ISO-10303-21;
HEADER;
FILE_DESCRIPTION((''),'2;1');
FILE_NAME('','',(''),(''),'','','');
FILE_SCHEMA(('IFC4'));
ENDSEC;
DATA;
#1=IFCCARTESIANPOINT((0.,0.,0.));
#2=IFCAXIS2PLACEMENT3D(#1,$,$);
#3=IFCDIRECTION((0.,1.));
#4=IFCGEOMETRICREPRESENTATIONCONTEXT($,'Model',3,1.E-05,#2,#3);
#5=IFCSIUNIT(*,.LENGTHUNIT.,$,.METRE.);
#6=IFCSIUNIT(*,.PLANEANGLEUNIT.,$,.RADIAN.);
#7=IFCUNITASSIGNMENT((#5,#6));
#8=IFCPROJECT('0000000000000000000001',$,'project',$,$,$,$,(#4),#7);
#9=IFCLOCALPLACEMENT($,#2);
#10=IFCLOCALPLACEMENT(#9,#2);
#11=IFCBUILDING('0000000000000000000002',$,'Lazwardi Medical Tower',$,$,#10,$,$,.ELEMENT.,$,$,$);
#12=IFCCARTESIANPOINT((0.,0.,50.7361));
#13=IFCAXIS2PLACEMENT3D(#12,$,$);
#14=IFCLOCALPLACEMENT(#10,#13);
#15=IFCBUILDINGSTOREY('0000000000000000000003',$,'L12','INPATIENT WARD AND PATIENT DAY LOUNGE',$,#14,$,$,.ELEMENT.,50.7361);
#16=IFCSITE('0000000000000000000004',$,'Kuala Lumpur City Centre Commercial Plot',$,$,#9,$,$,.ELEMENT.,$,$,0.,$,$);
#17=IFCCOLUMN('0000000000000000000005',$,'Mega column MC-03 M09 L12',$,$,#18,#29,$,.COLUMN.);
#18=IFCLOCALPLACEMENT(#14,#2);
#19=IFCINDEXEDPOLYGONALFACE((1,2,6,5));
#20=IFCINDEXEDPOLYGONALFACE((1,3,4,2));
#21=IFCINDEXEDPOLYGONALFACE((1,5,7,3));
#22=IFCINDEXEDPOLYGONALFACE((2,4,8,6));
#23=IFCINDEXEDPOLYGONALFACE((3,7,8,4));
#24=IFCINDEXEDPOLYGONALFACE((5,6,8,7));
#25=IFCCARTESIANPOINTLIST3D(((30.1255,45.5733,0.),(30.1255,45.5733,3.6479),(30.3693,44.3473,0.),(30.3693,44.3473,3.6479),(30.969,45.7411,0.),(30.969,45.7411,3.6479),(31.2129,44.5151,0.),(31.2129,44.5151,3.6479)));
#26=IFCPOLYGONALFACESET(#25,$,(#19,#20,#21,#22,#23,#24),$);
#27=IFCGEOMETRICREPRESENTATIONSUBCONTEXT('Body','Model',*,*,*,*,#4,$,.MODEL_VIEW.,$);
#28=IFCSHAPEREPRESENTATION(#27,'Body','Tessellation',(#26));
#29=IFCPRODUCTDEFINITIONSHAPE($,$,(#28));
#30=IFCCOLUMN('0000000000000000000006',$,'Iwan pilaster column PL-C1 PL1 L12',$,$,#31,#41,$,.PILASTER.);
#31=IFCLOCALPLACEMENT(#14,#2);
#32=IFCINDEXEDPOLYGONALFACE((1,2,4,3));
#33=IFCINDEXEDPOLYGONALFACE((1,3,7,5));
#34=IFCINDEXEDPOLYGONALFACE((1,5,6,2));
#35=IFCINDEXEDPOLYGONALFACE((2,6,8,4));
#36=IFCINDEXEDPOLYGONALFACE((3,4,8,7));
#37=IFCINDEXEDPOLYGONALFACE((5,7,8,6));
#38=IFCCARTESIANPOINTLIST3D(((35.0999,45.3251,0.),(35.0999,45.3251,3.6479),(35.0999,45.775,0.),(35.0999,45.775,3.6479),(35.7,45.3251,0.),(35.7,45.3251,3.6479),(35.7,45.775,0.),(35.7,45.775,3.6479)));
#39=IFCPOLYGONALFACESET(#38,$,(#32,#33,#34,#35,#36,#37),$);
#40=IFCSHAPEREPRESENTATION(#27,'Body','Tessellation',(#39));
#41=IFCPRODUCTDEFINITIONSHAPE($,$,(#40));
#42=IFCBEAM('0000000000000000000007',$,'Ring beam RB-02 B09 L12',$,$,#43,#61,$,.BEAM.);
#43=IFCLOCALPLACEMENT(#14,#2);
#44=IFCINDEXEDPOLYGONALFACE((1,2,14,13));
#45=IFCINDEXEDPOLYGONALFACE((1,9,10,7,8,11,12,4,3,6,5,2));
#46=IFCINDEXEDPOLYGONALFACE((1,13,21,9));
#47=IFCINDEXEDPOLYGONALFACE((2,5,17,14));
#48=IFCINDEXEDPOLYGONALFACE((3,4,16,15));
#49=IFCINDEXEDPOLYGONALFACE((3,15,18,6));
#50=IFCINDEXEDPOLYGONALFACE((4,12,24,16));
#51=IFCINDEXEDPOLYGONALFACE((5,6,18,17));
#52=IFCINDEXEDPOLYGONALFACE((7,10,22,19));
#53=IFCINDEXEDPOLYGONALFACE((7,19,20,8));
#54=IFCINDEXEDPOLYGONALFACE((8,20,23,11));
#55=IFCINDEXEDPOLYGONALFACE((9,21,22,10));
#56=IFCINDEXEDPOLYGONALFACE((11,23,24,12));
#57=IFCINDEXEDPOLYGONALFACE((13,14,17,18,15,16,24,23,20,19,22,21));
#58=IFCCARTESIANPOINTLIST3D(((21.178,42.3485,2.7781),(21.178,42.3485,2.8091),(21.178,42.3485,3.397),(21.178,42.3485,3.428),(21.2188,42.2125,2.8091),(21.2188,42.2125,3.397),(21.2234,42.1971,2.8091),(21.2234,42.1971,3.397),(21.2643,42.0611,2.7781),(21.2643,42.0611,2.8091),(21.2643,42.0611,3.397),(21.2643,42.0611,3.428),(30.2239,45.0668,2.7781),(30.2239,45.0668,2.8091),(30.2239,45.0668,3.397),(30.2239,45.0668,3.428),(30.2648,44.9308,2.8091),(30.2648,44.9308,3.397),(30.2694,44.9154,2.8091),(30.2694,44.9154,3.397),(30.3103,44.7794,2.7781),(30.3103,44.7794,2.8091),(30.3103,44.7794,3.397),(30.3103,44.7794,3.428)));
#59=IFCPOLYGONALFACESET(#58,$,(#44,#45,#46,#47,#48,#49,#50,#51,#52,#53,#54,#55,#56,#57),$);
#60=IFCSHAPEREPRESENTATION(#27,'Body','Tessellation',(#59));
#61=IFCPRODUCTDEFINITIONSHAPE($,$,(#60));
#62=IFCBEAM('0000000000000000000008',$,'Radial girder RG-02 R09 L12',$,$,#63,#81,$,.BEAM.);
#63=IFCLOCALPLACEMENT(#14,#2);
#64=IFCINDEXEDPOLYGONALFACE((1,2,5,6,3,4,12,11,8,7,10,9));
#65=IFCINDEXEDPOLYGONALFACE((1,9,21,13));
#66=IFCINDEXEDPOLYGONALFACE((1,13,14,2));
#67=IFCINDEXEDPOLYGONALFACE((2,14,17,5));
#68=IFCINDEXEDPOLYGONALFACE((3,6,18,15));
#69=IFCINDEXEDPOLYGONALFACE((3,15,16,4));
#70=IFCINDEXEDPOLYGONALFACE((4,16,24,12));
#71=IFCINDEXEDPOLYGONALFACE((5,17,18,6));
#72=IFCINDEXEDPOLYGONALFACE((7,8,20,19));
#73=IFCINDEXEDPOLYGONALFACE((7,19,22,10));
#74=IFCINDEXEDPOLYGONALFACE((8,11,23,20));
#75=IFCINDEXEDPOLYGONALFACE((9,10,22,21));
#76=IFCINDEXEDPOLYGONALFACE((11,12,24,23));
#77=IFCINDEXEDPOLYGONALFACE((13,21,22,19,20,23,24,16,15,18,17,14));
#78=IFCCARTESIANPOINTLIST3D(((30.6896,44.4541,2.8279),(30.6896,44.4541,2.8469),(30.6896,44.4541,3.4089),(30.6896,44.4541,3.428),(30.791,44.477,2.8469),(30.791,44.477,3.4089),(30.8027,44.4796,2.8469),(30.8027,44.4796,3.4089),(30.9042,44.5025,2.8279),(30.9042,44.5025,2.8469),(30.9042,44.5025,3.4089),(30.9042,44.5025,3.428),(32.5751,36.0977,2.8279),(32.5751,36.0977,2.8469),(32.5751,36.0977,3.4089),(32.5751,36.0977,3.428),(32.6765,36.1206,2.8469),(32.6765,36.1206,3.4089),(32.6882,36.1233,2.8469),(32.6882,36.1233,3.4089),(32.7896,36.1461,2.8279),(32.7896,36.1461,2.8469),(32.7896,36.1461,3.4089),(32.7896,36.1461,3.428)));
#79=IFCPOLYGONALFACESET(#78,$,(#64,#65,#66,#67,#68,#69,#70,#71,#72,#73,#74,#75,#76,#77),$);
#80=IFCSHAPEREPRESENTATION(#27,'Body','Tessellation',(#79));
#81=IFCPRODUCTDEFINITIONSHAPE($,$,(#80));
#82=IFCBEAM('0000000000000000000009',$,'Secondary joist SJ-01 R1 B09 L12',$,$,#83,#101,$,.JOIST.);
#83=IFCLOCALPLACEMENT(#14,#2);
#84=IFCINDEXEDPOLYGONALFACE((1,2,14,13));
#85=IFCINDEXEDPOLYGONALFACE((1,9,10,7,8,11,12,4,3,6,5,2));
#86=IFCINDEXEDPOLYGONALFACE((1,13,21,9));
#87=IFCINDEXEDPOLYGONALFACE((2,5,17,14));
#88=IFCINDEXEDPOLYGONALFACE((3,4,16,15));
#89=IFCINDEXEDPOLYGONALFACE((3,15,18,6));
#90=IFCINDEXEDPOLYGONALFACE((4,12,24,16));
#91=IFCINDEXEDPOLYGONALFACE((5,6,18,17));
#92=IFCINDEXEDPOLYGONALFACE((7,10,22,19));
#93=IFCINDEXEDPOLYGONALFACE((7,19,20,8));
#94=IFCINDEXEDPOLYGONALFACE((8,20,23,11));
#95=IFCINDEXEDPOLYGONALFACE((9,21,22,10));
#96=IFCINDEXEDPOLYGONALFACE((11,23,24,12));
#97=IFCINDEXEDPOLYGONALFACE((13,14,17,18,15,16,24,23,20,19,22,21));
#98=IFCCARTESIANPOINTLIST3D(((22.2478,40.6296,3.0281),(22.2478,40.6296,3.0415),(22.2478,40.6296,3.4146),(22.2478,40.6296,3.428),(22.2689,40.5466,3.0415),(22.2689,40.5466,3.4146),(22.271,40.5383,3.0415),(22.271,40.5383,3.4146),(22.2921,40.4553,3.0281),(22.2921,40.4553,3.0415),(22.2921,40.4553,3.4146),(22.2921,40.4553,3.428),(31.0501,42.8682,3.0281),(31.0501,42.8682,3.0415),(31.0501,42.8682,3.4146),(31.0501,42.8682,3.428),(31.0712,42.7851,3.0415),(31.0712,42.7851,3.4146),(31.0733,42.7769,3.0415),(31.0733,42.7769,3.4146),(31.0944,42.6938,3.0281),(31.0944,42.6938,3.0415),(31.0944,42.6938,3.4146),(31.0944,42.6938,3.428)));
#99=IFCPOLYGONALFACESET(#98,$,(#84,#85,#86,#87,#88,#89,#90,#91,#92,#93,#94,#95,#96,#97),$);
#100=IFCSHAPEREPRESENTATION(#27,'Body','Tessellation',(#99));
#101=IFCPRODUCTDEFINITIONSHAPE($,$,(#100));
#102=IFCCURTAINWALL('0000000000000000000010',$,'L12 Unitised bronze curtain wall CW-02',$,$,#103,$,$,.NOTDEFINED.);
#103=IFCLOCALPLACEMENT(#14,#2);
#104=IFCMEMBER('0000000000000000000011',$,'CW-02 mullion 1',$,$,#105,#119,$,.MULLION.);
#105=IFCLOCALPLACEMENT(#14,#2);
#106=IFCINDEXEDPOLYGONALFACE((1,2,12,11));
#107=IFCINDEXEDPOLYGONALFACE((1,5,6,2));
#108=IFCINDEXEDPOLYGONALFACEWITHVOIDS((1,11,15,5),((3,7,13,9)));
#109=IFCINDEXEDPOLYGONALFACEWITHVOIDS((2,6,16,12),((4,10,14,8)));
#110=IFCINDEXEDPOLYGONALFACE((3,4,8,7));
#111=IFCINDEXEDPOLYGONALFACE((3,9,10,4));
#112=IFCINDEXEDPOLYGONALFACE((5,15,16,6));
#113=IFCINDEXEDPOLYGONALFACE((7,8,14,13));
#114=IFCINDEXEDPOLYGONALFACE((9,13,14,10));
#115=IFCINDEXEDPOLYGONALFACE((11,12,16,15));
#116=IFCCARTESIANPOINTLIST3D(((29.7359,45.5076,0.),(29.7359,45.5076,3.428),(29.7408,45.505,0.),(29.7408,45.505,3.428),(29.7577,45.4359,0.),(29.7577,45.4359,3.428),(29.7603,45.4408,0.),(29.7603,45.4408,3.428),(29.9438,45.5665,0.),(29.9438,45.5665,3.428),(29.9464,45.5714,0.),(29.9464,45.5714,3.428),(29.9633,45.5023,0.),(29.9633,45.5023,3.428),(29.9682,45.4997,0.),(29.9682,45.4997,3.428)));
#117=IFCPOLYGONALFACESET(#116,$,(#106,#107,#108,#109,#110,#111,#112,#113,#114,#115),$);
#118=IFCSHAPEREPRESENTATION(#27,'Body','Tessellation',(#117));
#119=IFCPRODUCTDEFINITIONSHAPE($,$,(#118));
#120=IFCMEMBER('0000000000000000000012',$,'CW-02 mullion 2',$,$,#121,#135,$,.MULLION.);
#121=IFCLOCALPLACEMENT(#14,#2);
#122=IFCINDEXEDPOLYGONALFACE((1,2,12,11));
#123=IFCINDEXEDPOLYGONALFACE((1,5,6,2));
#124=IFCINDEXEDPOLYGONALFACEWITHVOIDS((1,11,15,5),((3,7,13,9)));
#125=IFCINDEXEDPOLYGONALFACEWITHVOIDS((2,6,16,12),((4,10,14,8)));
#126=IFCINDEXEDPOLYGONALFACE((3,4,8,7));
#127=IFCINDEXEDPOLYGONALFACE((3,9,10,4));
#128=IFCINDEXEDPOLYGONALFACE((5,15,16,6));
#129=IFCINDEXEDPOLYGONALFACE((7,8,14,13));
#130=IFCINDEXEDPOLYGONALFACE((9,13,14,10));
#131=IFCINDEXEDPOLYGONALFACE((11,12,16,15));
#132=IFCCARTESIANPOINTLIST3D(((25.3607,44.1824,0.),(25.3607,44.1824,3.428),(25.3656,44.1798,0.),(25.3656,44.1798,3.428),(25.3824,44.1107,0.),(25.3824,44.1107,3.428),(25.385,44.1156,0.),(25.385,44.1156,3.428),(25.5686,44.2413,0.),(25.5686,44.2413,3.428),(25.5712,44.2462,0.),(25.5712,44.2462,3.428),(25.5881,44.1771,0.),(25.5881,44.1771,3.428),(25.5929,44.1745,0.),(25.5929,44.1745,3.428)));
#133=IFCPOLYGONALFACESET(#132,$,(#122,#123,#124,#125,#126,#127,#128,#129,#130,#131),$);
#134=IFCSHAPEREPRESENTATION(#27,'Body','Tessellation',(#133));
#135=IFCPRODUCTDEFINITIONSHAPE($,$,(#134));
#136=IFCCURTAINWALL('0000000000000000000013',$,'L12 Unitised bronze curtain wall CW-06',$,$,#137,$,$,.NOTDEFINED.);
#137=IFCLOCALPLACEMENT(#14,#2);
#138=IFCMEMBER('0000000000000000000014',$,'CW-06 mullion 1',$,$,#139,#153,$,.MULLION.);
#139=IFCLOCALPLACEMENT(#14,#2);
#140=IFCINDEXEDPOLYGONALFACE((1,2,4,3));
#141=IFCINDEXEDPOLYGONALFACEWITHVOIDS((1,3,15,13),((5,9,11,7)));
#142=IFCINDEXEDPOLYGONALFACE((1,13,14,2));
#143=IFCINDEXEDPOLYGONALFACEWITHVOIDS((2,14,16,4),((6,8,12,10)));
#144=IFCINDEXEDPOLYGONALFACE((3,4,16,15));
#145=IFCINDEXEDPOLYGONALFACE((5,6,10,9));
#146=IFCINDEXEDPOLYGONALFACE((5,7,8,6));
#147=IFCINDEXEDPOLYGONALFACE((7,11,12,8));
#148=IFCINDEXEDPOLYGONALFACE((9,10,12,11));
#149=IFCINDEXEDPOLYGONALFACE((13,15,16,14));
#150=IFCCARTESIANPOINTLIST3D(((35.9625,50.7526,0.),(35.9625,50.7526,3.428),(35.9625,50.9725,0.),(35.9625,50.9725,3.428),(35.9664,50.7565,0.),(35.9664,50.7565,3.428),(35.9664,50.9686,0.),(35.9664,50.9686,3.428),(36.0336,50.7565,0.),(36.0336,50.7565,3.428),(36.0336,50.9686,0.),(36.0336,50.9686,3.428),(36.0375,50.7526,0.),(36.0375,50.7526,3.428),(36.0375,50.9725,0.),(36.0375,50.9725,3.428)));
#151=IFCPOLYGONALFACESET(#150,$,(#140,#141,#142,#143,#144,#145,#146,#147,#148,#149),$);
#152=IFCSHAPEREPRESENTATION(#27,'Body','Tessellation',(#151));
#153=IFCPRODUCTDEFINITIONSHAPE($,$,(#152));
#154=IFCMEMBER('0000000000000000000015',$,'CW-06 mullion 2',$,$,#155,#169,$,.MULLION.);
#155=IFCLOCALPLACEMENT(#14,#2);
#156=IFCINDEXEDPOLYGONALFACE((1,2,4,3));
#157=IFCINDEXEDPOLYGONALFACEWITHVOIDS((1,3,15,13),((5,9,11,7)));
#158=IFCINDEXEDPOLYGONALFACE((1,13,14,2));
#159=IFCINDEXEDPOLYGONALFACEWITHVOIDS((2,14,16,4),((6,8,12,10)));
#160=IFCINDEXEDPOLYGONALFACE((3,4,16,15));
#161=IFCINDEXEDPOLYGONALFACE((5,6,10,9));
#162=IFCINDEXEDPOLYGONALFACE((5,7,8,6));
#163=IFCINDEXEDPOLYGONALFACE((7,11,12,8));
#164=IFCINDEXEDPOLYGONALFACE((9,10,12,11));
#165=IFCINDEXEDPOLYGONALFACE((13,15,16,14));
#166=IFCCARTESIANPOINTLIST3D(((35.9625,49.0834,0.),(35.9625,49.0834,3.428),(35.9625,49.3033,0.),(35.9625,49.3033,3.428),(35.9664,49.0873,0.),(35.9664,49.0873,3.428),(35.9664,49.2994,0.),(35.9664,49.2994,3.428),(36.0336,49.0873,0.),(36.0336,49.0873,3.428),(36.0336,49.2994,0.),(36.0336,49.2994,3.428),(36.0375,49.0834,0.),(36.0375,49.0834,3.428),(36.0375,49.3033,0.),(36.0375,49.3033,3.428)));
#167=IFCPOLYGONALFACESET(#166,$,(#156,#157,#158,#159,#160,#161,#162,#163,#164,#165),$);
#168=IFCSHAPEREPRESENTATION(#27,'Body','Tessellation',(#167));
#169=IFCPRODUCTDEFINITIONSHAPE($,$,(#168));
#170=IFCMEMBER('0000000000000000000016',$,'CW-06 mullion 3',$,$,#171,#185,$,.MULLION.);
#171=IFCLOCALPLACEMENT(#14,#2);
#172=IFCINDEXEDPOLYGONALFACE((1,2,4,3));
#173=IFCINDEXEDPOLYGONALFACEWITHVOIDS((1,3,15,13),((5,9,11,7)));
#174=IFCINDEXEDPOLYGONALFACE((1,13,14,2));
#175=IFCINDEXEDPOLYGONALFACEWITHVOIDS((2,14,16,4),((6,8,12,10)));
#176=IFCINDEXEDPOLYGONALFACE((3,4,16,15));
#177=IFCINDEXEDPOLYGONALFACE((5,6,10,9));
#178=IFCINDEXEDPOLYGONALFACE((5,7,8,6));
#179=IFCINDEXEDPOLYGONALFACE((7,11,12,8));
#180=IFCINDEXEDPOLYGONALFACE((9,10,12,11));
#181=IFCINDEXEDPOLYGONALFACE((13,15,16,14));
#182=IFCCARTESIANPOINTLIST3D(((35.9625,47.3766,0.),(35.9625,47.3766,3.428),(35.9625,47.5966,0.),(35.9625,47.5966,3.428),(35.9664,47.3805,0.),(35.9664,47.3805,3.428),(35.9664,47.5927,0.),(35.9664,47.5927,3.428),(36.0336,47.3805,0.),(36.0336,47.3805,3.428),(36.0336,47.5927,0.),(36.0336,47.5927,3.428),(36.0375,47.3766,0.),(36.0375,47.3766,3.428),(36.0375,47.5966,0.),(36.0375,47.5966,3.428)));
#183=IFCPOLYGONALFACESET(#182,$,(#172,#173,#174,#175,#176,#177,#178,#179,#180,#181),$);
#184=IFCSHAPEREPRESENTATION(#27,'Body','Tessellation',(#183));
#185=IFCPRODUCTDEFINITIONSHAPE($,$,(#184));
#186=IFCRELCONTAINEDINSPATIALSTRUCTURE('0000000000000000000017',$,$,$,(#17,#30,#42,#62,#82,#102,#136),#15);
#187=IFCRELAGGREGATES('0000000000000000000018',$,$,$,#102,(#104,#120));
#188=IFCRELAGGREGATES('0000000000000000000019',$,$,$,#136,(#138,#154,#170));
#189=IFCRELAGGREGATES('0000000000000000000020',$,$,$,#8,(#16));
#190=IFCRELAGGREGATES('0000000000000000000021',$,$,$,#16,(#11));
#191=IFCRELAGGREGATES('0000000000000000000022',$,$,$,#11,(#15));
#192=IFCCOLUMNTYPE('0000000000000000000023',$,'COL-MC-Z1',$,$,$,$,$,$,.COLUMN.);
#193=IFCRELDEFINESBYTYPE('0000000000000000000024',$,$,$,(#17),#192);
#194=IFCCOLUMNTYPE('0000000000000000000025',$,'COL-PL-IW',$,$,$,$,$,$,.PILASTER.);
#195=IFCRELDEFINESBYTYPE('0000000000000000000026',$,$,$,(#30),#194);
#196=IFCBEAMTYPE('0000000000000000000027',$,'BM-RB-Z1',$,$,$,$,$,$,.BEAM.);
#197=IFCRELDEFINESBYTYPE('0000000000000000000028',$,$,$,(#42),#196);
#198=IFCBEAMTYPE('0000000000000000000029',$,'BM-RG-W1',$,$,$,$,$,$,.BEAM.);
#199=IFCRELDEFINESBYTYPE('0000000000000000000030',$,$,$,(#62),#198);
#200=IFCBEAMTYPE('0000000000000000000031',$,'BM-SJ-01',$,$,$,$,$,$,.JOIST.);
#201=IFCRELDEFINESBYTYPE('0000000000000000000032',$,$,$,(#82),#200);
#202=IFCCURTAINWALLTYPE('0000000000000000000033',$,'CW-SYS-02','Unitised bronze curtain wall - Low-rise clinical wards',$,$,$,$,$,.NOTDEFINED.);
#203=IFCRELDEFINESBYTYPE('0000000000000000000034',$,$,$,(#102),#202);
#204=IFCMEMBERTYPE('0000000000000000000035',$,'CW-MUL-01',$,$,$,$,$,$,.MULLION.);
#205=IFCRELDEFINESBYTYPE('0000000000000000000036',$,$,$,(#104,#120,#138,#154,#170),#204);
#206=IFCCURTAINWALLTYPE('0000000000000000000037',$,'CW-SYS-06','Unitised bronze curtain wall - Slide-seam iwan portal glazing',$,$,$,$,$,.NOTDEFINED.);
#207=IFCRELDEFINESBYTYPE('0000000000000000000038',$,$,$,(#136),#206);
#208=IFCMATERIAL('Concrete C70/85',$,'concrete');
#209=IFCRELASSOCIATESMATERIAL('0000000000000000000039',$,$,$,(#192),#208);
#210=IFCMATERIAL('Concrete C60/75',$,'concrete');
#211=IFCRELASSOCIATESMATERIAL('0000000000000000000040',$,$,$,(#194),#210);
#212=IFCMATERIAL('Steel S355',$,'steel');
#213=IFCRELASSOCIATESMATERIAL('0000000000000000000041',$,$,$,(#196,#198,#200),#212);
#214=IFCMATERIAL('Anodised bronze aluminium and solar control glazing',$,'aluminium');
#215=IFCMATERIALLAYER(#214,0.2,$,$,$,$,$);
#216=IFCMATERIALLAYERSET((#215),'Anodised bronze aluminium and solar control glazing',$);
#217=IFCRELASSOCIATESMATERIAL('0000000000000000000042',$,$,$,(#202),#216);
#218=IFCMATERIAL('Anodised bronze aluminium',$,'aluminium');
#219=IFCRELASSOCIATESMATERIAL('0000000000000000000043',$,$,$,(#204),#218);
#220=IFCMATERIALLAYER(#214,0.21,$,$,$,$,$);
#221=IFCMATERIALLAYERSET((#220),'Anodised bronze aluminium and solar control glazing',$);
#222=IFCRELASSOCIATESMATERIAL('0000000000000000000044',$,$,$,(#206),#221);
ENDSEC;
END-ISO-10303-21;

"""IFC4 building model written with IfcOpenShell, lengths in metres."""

from ifc_helpers import new_model, si_unit, direction, frame, origin, origin_2d, place, context, subcontext, project, spatial, rectangle, hollow_rectangle, i_section, extrude, material, layer, layer_set, material_profile, profile_set, type_object, element, aggregate, save


model = new_model("IFC4")

# Units and contexts
model_context = context("Model", 3, precision=1e-05, world=origin(), true_north=direction((0.0, 1.0)))
body_context = subcontext(model_context, "Body", "Model", "MODEL_VIEW")
ifc_project = project(units=[si_unit("LENGTHUNIT", "METRE"), si_unit("PLANEANGLEUNIT", "RADIAN")], contexts=[model_context])

# Site, building, storey
site_placement = place(None, origin())
site = spatial("IfcSite", under=ifc_project, at=site_placement, Name="Kuala Lumpur City Centre Commercial Plot", CompositionType="ELEMENT", RefElevation=0.0)
building_placement = place(site_placement, origin())
building = spatial("IfcBuilding", under=site, at=building_placement, Name="Lazwardi Medical Tower", CompositionType="ELEMENT")
storey_placement = place(building_placement, frame((0.0, 0.0, 50.7361)))
storey = spatial("IfcBuildingStorey", under=building, at=storey_placement, Name="L12", Description="INPATIENT WARD AND PATIENT DAY LOUNGE", CompositionType="ELEMENT", Elevation=50.7361)

# Columns
ifc_material_1 = material(Name="Concrete C70/85", Category="concrete")
ifc_material_profile_1 = material_profile(ifc_material_1, rectangle(XDim=1.25, YDim=0.8601, at=origin_2d()), Name="CFT-RECT 1250x860")
ifc_profile_set_1 = profile_set([ifc_material_profile_1], Name="Concrete C70/85")
column_type_1 = type_object("IfcColumnType", Name="COL-MC-Z1", PredefinedType="COLUMN", material=ifc_profile_set_1)
column_1_placement = place(storey_placement, frame((30.6692, 45.0442, 0.0), z_axis=(0.0, 0.0, 1.0), x_axis=(-0.19509, 0.980785, 0.0)))
element("IfcColumn", 1, at=column_1_placement, inside=storey, type_object=column_type_1, Name="Mega column MC-03 M09 L12", PredefinedType="COLUMN", context=body_context, shape_type="SweptSolid", body=[
    extrude(rectangle(XDim=1.25, YDim=0.8601, at=origin_2d()), origin(), (0.0, 0.0, 1.0), 3.6479),
])
ifc_material_2 = material(Name="Concrete C60/75", Category="concrete")
ifc_material_profile_2 = material_profile(ifc_material_2, rectangle(XDim=0.6001, YDim=0.45, at=origin_2d()), Name="RC 600x450")
ifc_profile_set_2 = profile_set([ifc_material_profile_2], Name="Concrete C60/75")
column_type_2 = type_object("IfcColumnType", Name="COL-PL-IW", PredefinedType="PILASTER", material=ifc_profile_set_2)
column_2_placement = place(storey_placement, frame((35.3999, 45.55, 0.0), z_axis=(0.0, 0.0, 1.0), x_axis=(1.0, 0.0, 0.0)))
element("IfcColumn", 2, at=column_2_placement, inside=storey, type_object=column_type_2, Name="Iwan pilaster column PL-C1 PL1 L12", PredefinedType="PILASTER", context=body_context, shape_type="SweptSolid", body=[
    extrude(rectangle(XDim=0.6001, YDim=0.45, at=origin_2d()), origin(), (0.0, 0.0, 1.0), 3.6479),
])

# Beams
ifc_material_3 = material(Name="Steel S355", Category="steel")
ifc_material_profile_3 = material_profile(ifc_material_3, i_section(OverallWidth=0.3, OverallDepth=0.6499, WebThickness=0.0161, FlangeThickness=0.031, at=origin_2d()), Name="HEB 650")
ifc_profile_set_3 = profile_set([ifc_material_profile_3], Name="Steel S355")
beam_type_1 = type_object("IfcBeamType", Name="BM-RB-Z1", PredefinedType="BEAM", material=ifc_profile_set_3)
beam_1_placement = place(storey_placement, frame((30.2671, 44.9231, 3.103), z_axis=(-0.957695, -0.287784, 0.0), x_axis=(0.287784, -0.957695, 0.0)))
element("IfcBeam", 3, at=beam_1_placement, inside=storey, type_object=beam_type_1, Name="Ring beam RB-02 B09 L12", PredefinedType="BEAM", context=body_context, shape_type="SweptSolid", body=[
    extrude(i_section(OverallWidth=0.3, OverallDepth=0.6499, WebThickness=0.0161, FlangeThickness=0.031, at=origin_2d()), origin(), (0.0, 0.0, 1.0), 9.4456),
])
ifc_material_profile_4 = material_profile(ifc_material_3, i_section(OverallWidth=0.22, OverallDepth=0.6001, WebThickness=0.012, FlangeThickness=0.019, at=origin_2d()), Name="IPE 600")
ifc_profile_set_4 = profile_set([ifc_material_profile_4], Name="Steel S355")
beam_type_2 = type_object("IfcBeamType", Name="BM-RG-W1", PredefinedType="BEAM", material=ifc_profile_set_4)
beam_2_placement = place(storey_placement, frame((30.7969, 44.4783, 3.1279), z_axis=(0.220101, -0.975477, 0.0), x_axis=(0.975477, 0.220101, 0.0)))
element("IfcBeam", 4, at=beam_2_placement, inside=storey, type_object=beam_type_2, Name="Radial girder RG-02 R09 L12", PredefinedType="BEAM", context=body_context, shape_type="SweptSolid", body=[
    extrude(i_section(OverallWidth=0.22, OverallDepth=0.6001, WebThickness=0.012, FlangeThickness=0.019, at=origin_2d()), origin(), (0.0, 0.0, 1.0), 8.5664),
])
ifc_material_profile_5 = material_profile(ifc_material_3, i_section(OverallWidth=0.1799, OverallDepth=0.3999, WebThickness=0.0085, FlangeThickness=0.0134, at=origin_2d()), Name="IPE 400")
ifc_profile_set_5 = profile_set([ifc_material_profile_5], Name="Steel S355")
beam_type_3 = type_object("IfcBeamType", Name="BM-SJ-01", PredefinedType="JOIST", material=ifc_profile_set_5)
beam_3_placement = place(storey_placement, frame((31.0723, 42.781, 3.228), z_axis=(-0.969151, -0.246468, 0.0), x_axis=(0.246468, -0.969151, 0.0)))
element("IfcBeam", 5, at=beam_3_placement, inside=storey, type_object=beam_type_3, Name="Secondary joist SJ-01 R1 B09 L12", PredefinedType="JOIST", context=body_context, shape_type="SweptSolid", body=[
    extrude(i_section(OverallWidth=0.1799, OverallDepth=0.3999, WebThickness=0.0085, FlangeThickness=0.0134, at=origin_2d()), origin(), (0.0, 0.0, 1.0), 9.0825),
])

# Curtain walls, members
ifc_material_4 = material(Name="Anodised bronze aluminium and solar control glazing", Category="aluminium")
ifc_layer_1 = layer(ifc_material_4, 0.2)
ifc_layer_set_1 = layer_set([ifc_layer_1], Name="Anodised bronze aluminium and solar control glazing")
curtain_wall_type_1 = type_object("IfcCurtainWallType", Name="CW-SYS-02", Description="Unitised bronze curtain wall - Low-rise clinical wards", PredefinedType="NOTDEFINED", material=ifc_layer_set_1)
curtain_wall_1_placement = place(storey_placement, origin())
curtain_wall_1 = element("IfcCurtainWall", 6, at=curtain_wall_1_placement, inside=storey, type_object=curtain_wall_type_1, Name="L12 Unitised bronze curtain wall CW-02", PredefinedType="NOTDEFINED")
ifc_material_5 = material(Name="Anodised bronze aluminium", Category="aluminium")
ifc_material_profile_6 = material_profile(ifc_material_5, hollow_rectangle(XDim=0.075, YDim=0.22, WallThickness=0.0039, at=origin_2d()), Name="ALU-MULLION 220x75x4")
ifc_profile_set_6 = profile_set([ifc_material_profile_6], Name="Anodised bronze aluminium")
member_type_1 = type_object("IfcMemberType", Name="CW-MUL-01", PredefinedType="MULLION", material=ifc_profile_set_6)
member_1_placement = place(storey_placement, frame((29.8521, 45.5037, 0.0), z_axis=(0.0, 0.0, 1.0), x_axis=(0.289896, -0.957058, 0.0)))
member_1 = element("IfcMember", 7, at=member_1_placement, type_object=member_type_1, Name="CW-02 mullion 1", PredefinedType="MULLION", context=body_context, shape_type="SweptSolid", body=[
    extrude(hollow_rectangle(XDim=0.075, YDim=0.22, WallThickness=0.0039, at=origin_2d()), origin(), (0.0, 0.0, 1.0), 3.428),
])
member_2_placement = place(storey_placement, frame((25.4768, 44.1785, 0.0), z_axis=(0.0, 0.0, 1.0), x_axis=(0.289896, -0.957058, 0.0)))
member_2 = element("IfcMember", 8, at=member_2_placement, type_object=member_type_1, Name="CW-02 mullion 2", PredefinedType="MULLION", context=body_context, shape_type="SweptSolid", body=[
    extrude(hollow_rectangle(XDim=0.075, YDim=0.22, WallThickness=0.0039, at=origin_2d()), origin(), (0.0, 0.0, 1.0), 3.428),
])
ifc_layer_2 = layer(ifc_material_4, 0.21)
ifc_layer_set_2 = layer_set([ifc_layer_2], Name="Anodised bronze aluminium and solar control glazing")
curtain_wall_type_2 = type_object("IfcCurtainWallType", Name="CW-SYS-06", Description="Unitised bronze curtain wall - Slide-seam iwan portal glazing", PredefinedType="NOTDEFINED", material=ifc_layer_set_2)
curtain_wall_2_placement = place(storey_placement, origin())
curtain_wall_2 = element("IfcCurtainWall", 9, at=curtain_wall_2_placement, inside=storey, type_object=curtain_wall_type_2, Name="L12 Unitised bronze curtain wall CW-06", PredefinedType="NOTDEFINED")
member_3_placement = place(storey_placement, frame((36.0, 50.8625, 0.0), z_axis=(0.0, 0.0, 1.0), x_axis=(1.0, 0.0, 0.0)))
member_3 = element("IfcMember", 10, at=member_3_placement, type_object=member_type_1, Name="CW-06 mullion 1", PredefinedType="MULLION", context=body_context, shape_type="SweptSolid", body=[
    extrude(hollow_rectangle(XDim=0.075, YDim=0.22, WallThickness=0.0039, at=origin_2d()), origin(), (0.0, 0.0, 1.0), 3.428),
])
member_4_placement = place(storey_placement, frame((36.0, 49.1934, 0.0), z_axis=(0.0, 0.0, 1.0), x_axis=(1.0, 0.0, 0.0)))
member_4 = element("IfcMember", 11, at=member_4_placement, type_object=member_type_1, Name="CW-06 mullion 2", PredefinedType="MULLION", context=body_context, shape_type="SweptSolid", body=[
    extrude(hollow_rectangle(XDim=0.075, YDim=0.22, WallThickness=0.0039, at=origin_2d()), origin(), (0.0, 0.0, 1.0), 3.428),
])
member_5_placement = place(storey_placement, frame((36.0, 47.4866, 0.0), z_axis=(0.0, 0.0, 1.0), x_axis=(1.0, 0.0, 0.0)))
member_5 = element("IfcMember", 12, at=member_5_placement, type_object=member_type_1, Name="CW-06 mullion 3", PredefinedType="MULLION", context=body_context, shape_type="SweptSolid", body=[
    extrude(hollow_rectangle(XDim=0.075, YDim=0.22, WallThickness=0.0039, at=origin_2d()), origin(), (0.0, 0.0, 1.0), 3.428),
])

aggregate(curtain_wall_1, [member_1, member_2])
aggregate(curtain_wall_2, [member_3, member_4, member_5])

save(model, "model.ifc")
